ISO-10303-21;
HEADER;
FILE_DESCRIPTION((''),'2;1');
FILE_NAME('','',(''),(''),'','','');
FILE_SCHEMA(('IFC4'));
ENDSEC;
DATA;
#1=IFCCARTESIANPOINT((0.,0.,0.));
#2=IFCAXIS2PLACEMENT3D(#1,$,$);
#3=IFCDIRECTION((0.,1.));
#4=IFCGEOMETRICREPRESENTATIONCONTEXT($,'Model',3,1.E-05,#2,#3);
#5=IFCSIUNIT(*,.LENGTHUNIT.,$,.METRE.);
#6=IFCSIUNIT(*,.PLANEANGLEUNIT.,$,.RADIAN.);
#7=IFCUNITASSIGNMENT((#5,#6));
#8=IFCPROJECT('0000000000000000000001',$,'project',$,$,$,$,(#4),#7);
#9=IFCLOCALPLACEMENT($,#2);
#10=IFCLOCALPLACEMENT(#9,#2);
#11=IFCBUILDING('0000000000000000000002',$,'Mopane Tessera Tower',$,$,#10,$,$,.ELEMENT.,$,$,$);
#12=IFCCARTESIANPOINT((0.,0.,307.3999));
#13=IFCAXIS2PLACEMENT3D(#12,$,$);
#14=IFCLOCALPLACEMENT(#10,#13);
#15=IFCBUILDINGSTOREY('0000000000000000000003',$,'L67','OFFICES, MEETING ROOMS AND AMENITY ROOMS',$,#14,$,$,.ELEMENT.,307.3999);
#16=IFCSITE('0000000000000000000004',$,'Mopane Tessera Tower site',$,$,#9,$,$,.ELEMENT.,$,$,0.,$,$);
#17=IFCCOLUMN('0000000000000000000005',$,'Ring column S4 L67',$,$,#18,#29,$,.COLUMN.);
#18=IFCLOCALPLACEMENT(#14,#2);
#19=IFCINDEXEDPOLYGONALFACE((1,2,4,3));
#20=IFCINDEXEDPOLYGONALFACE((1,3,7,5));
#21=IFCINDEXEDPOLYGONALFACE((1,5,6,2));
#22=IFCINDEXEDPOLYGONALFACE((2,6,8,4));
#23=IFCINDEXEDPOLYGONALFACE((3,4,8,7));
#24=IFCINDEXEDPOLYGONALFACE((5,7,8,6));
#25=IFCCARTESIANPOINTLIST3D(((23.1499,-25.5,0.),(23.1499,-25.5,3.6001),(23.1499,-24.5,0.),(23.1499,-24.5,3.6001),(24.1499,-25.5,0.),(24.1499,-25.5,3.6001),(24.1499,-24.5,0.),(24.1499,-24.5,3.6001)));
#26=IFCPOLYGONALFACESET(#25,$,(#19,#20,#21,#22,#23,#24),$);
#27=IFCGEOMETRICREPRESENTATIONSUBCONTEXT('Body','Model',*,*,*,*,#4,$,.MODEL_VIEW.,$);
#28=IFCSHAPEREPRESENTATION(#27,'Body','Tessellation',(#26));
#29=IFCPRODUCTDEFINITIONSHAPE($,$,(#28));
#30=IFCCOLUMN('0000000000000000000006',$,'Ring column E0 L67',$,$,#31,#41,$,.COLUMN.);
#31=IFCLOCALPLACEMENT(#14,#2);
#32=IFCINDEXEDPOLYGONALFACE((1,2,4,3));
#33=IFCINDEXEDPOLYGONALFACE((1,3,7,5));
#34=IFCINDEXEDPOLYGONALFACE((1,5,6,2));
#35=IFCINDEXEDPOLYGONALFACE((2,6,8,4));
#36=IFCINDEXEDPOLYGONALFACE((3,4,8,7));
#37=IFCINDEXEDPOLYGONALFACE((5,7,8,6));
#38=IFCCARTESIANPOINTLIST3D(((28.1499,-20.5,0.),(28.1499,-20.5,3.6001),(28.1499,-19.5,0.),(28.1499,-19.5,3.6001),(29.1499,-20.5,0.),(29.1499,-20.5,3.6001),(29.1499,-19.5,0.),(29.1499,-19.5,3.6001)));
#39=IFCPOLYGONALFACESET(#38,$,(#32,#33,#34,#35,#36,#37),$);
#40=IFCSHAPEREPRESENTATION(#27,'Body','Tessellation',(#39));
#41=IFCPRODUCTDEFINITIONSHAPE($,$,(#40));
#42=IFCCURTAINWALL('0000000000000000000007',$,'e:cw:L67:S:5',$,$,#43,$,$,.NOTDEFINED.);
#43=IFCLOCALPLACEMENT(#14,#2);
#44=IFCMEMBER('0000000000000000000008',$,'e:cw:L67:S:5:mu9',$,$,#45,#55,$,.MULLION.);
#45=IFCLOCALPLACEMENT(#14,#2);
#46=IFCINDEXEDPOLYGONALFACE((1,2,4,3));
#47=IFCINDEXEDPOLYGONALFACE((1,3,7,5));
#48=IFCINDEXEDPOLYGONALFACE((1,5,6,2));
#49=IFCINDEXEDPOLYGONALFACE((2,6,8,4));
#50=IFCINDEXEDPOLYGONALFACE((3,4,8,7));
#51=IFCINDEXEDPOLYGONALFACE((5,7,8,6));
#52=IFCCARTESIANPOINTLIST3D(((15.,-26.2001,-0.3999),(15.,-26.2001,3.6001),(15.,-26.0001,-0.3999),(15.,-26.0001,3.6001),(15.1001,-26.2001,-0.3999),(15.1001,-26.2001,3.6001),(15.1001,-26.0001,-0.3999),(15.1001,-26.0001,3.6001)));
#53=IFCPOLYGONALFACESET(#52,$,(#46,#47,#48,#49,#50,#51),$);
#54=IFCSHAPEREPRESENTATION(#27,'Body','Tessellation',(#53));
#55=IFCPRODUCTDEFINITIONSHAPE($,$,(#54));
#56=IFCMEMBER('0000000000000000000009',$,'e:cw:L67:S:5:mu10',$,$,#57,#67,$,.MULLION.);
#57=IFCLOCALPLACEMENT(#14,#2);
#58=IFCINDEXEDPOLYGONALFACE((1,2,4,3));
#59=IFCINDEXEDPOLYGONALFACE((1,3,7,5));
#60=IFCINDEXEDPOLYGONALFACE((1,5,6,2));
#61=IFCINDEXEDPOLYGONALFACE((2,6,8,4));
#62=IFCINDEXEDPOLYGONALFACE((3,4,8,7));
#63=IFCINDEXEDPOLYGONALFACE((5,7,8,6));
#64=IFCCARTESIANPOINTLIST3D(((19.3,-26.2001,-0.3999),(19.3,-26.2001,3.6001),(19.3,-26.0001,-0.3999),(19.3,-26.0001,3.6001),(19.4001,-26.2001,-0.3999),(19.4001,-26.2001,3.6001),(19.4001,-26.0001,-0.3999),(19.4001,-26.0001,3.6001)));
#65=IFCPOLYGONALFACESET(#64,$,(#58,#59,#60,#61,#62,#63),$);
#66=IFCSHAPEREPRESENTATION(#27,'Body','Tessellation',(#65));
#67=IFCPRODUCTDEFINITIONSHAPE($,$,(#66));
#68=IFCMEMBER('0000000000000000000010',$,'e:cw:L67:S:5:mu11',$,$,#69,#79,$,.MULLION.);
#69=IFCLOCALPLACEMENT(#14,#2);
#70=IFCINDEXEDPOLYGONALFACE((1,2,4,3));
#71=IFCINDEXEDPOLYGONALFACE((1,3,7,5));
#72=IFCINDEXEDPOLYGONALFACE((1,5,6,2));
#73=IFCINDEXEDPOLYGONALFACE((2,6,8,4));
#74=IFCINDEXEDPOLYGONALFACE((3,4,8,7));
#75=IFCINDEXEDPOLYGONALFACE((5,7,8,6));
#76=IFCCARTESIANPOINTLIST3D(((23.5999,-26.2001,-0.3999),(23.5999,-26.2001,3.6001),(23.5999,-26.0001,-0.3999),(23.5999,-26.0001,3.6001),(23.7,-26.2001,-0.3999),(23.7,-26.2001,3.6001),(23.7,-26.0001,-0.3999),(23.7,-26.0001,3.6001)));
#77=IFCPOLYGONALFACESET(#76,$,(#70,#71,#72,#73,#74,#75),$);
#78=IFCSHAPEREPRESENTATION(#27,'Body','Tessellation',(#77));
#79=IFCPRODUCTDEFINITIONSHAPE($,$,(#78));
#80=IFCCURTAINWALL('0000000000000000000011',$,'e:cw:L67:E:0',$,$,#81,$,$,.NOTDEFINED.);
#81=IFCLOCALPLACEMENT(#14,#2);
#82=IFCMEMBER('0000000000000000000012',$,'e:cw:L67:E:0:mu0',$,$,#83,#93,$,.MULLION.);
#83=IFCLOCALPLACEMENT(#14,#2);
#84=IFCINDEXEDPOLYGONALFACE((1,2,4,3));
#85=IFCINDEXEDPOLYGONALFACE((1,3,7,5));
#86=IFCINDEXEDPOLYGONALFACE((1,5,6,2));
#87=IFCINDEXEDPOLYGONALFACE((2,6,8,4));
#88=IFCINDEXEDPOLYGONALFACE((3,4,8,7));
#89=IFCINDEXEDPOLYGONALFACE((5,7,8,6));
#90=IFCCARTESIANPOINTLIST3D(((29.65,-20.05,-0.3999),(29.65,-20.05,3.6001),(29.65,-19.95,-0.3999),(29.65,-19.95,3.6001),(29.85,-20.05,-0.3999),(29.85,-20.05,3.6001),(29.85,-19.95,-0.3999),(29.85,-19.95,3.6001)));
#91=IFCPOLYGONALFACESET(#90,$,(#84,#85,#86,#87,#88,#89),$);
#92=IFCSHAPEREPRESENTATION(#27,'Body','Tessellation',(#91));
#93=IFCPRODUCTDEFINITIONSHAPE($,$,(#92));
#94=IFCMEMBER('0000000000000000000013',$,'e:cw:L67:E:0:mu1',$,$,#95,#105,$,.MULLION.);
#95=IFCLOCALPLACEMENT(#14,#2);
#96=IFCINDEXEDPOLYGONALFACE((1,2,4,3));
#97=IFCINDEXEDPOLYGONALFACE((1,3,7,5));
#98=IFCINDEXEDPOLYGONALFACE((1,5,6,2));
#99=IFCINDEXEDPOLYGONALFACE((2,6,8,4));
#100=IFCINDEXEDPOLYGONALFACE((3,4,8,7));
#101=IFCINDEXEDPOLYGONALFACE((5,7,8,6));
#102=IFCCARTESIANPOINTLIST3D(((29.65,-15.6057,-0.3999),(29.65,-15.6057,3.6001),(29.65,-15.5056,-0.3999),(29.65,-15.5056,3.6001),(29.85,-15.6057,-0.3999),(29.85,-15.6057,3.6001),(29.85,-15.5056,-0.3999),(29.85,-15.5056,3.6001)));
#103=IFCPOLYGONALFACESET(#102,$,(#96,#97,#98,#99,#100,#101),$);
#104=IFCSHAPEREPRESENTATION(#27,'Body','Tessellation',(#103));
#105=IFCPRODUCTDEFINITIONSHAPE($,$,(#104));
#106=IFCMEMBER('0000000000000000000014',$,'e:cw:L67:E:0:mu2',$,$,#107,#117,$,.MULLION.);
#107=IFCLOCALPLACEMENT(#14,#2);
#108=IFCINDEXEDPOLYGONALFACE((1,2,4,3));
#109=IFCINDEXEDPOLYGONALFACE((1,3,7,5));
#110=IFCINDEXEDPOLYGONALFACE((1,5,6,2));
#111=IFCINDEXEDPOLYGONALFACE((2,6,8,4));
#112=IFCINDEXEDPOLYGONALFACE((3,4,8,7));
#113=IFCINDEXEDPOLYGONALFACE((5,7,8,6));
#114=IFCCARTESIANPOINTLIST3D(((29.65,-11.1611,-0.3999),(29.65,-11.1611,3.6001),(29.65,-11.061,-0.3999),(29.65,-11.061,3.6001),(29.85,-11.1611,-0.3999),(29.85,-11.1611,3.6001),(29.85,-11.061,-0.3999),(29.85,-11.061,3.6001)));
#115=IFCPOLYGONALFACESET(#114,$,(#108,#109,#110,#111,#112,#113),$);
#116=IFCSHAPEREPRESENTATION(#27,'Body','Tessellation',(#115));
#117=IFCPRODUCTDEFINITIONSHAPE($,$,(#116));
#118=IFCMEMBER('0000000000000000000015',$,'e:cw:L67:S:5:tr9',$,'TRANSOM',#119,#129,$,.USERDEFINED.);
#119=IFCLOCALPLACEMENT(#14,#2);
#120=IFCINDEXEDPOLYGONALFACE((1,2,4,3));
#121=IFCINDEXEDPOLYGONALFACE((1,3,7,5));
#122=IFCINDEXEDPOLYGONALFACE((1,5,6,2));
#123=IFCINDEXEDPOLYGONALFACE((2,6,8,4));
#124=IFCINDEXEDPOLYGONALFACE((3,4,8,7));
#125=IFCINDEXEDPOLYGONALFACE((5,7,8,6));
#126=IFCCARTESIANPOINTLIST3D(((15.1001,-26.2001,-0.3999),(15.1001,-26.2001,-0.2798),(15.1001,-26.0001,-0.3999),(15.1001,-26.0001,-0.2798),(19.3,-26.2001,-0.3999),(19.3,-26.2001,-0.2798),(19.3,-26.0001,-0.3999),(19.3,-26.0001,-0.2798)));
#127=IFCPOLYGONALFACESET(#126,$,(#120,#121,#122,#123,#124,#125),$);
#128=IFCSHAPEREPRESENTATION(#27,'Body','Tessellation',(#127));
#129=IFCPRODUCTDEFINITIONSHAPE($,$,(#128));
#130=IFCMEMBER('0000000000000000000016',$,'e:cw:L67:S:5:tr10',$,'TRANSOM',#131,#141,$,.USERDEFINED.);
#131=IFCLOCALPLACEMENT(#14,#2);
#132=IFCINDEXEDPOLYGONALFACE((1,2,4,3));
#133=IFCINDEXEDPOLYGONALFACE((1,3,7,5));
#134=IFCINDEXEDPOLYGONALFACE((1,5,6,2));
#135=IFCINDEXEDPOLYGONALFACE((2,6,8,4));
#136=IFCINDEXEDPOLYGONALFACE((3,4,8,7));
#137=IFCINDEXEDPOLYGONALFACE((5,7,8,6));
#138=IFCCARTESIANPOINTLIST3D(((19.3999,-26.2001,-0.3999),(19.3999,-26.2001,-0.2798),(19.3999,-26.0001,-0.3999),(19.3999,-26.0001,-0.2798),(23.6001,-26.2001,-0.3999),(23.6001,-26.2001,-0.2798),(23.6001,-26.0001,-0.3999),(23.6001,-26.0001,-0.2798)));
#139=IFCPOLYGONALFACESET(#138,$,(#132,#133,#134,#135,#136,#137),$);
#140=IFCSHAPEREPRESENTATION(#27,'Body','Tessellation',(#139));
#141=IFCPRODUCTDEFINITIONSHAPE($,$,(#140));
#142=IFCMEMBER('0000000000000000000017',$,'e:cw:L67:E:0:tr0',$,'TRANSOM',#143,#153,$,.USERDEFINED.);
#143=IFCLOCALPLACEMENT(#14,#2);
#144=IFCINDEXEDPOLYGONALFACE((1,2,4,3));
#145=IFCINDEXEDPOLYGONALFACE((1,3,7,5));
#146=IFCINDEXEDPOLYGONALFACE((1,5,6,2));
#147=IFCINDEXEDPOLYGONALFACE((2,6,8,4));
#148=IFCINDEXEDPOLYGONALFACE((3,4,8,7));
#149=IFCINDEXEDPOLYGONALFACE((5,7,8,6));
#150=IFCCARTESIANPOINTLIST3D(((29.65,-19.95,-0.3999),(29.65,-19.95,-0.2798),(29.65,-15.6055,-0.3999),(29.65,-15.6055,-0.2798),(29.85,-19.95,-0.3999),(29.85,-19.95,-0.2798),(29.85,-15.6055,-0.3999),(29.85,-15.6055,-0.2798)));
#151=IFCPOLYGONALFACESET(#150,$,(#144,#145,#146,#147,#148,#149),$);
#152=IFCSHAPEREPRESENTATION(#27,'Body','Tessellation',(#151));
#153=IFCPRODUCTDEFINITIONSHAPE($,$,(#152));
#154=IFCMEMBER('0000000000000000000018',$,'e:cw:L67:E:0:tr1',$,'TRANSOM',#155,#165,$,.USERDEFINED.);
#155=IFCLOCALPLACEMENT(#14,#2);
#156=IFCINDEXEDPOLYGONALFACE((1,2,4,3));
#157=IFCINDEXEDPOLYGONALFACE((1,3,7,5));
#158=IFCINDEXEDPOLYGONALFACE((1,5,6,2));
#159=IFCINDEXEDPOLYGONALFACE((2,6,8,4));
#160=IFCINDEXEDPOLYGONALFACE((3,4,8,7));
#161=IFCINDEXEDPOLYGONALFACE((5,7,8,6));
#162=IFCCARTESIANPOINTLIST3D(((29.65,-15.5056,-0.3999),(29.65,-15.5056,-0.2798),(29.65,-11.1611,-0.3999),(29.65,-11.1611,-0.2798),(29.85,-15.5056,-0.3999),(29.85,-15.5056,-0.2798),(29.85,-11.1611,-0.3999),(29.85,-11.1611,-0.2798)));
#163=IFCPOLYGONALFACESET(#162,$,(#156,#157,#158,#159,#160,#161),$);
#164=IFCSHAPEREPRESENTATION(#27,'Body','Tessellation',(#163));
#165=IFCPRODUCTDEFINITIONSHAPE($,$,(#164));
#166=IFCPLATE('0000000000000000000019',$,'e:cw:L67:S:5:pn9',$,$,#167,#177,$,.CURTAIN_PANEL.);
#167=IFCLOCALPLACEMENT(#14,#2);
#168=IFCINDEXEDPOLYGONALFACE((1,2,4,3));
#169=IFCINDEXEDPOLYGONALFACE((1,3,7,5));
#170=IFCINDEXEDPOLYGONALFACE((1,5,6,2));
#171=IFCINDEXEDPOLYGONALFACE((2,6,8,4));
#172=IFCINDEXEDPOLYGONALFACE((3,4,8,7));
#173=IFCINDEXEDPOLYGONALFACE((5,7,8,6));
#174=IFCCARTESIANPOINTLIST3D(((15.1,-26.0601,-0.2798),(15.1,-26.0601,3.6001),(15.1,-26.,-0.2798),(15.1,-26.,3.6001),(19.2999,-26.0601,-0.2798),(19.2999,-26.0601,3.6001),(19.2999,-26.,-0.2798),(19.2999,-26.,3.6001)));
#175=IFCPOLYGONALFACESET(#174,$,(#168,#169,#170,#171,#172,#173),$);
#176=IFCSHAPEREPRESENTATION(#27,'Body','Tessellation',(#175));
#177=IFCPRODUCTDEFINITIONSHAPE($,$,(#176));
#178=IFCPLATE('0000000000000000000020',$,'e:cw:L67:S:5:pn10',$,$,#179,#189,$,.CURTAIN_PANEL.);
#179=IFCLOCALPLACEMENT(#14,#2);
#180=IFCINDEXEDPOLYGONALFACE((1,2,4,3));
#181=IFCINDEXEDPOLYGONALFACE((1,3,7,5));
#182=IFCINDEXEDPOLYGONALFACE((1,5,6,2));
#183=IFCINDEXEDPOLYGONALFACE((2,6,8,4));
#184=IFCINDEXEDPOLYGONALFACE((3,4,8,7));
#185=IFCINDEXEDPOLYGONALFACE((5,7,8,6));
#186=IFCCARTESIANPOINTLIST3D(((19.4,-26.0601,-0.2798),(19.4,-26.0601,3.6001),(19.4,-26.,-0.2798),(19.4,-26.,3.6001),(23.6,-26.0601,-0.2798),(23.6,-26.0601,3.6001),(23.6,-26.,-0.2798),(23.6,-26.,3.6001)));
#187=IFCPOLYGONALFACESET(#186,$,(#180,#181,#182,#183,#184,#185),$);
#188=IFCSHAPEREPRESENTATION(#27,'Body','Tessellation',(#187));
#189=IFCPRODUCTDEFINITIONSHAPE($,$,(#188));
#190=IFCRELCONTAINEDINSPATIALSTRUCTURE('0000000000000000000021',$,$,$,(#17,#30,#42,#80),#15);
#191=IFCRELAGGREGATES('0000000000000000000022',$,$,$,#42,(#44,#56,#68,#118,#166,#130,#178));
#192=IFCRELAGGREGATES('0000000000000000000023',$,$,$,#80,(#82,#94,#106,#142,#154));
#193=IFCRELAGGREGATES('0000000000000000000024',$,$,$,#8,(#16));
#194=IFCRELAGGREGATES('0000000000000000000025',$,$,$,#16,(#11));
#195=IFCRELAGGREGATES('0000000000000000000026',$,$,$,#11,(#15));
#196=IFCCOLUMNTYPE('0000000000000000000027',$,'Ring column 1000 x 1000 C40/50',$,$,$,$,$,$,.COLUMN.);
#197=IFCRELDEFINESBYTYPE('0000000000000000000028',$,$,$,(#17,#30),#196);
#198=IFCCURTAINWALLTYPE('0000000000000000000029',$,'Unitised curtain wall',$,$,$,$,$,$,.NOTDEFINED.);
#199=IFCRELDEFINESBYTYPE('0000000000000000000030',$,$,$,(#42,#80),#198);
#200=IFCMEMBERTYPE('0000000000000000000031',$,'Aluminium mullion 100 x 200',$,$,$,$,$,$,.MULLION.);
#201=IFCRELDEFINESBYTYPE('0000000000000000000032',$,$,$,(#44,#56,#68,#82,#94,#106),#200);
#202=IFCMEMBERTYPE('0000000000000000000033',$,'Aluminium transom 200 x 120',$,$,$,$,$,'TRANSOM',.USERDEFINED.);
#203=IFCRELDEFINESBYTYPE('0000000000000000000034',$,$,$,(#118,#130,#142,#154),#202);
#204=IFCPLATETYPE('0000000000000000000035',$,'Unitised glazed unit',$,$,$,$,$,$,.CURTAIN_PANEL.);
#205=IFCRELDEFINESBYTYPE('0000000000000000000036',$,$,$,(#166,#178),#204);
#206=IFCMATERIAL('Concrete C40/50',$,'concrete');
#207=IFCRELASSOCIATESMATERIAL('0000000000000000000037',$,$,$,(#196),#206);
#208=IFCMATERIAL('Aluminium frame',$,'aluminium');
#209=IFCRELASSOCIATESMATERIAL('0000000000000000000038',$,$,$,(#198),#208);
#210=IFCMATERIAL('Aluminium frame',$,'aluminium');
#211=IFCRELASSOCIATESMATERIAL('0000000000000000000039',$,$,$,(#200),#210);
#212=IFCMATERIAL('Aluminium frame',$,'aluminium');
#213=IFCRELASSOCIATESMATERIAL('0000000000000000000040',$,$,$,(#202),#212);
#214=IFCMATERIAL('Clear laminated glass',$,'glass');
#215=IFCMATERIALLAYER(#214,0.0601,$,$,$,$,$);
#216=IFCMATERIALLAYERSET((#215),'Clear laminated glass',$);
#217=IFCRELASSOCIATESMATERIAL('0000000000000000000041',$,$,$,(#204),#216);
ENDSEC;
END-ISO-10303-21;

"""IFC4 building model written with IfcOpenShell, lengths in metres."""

from ifc_helpers import new_model, si_unit, direction, frame, origin, origin_2d, place, context, subcontext, project, spatial, rectangle, extrude, material, layer, layer_set, material_profile, profile_set, type_object, element, aggregate, save


model = new_model("IFC4")

# Units and contexts
model_context = context("Model", 3, precision=1e-05, world=origin(), true_north=direction((0.0, 1.0)))
body_context = subcontext(model_context, "Body", "Model", "MODEL_VIEW")
ifc_project = project(units=[si_unit("LENGTHUNIT", "METRE"), si_unit("PLANEANGLEUNIT", "RADIAN")], contexts=[model_context])

# Site, building, storey
site_placement = place(None, origin())
site = spatial("IfcSite", under=ifc_project, at=site_placement, Name="Mopane Tessera Tower site", CompositionType="ELEMENT", RefElevation=0.0)
building_placement = place(site_placement, origin())
building = spatial("IfcBuilding", under=site, at=building_placement, Name="Mopane Tessera Tower", CompositionType="ELEMENT")
storey_placement = place(building_placement, frame((0.0, 0.0, 307.3999)))
storey = spatial("IfcBuildingStorey", under=building, at=storey_placement, Name="L67", Description="OFFICES, MEETING ROOMS AND AMENITY ROOMS", CompositionType="ELEMENT", Elevation=307.3999)

# Columns
ifc_material_1 = material(Name="Concrete C40/50", Category="concrete")
ifc_material_profile_1 = material_profile(ifc_material_1, rectangle(XDim=1.0, YDim=1.0, at=origin_2d()))
ifc_profile_set_1 = profile_set([ifc_material_profile_1], Name="Concrete C40/50")
column_type = type_object("IfcColumnType", Name="Ring column 1000 x 1000 C40/50", PredefinedType="COLUMN", material=ifc_profile_set_1)
for number, where, z_axis, x_axis, name in (
    (1, (23.6499, -25.0, 0.0), (0.0, 0.0, 1.0), (1.0, 0.0, 0.0), "Ring column S4 L67"),
    (2, (28.6499, -20.0, 0.0), (0.0, 0.0, 1.0), (1.0, 0.0, 0.0), "Ring column E0 L67"),
):
    element("IfcColumn", number, at=place(storey_placement, frame(where, z_axis=z_axis, x_axis=x_axis)), inside=storey, type_object=column_type, Name=name, PredefinedType="COLUMN", context=body_context, shape_type="SweptSolid", body=[
        extrude(rectangle(XDim=1.0, YDim=1.0, at=origin_2d()), origin(), (0.0, 0.0, 1.0), 3.6001),
    ])

# Curtain walls, members
ifc_material_2 = material(Name="Aluminium frame", Category="aluminium")
curtain_wall_type = type_object("IfcCurtainWallType", Name="Unitised curtain wall", PredefinedType="NOTDEFINED", material=ifc_material_2)
curtain_wall_1_placement = place(storey_placement, origin())
curtain_wall_1 = element("IfcCurtainWall", 3, at=curtain_wall_1_placement, inside=storey, type_object=curtain_wall_type, Name="e:cw:L67:S:5", PredefinedType="NOTDEFINED")
ifc_material_3 = material(Name="Aluminium frame", Category="aluminium")
ifc_material_profile_2 = material_profile(ifc_material_3, rectangle(XDim=0.1001, YDim=0.2, at=origin_2d()))
ifc_profile_set_2 = profile_set([ifc_material_profile_2], Name="Aluminium frame")
member_type_1 = type_object("IfcMemberType", Name="Aluminium mullion 100 x 200", PredefinedType="MULLION", material=ifc_profile_set_2)
member_1_placement = place(storey_placement, frame((15.05, -26.1001, -0.3999), z_axis=(0.0, 0.0, 1.0), x_axis=(1.0, 0.0, 0.0)))
member_1 = element("IfcMember", 4, at=member_1_placement, type_object=member_type_1, Name="e:cw:L67:S:5:mu9", PredefinedType="MULLION", context=body_context, shape_type="SweptSolid", body=[
    extrude(rectangle(XDim=0.1001, YDim=0.2, at=origin_2d()), origin(), (0.0, 0.0, 1.0), 4.0),
])
member_2_placement = place(storey_placement, frame((19.3501, -26.1001, -0.3999), z_axis=(0.0, 0.0, 1.0), x_axis=(1.0, 0.0, 0.0)))
member_2 = element("IfcMember", 5, at=member_2_placement, type_object=member_type_1, Name="e:cw:L67:S:5:mu10", PredefinedType="MULLION", context=body_context, shape_type="SweptSolid", body=[
    extrude(rectangle(XDim=0.1001, YDim=0.2, at=origin_2d()), origin(), (0.0, 0.0, 1.0), 4.0),
])
member_3_placement = place(storey_placement, frame((23.6499, -26.1001, -0.3999), z_axis=(0.0, 0.0, 1.0), x_axis=(1.0, 0.0, 0.0)))
member_3 = element("IfcMember", 6, at=member_3_placement, type_object=member_type_1, Name="e:cw:L67:S:5:mu11", PredefinedType="MULLION", context=body_context, shape_type="SweptSolid", body=[
    extrude(rectangle(XDim=0.1001, YDim=0.2, at=origin_2d()), origin(), (0.0, 0.0, 1.0), 4.0),
])
curtain_wall_2_placement = place(storey_placement, origin())
curtain_wall_2 = element("IfcCurtainWall", 7, at=curtain_wall_2_placement, inside=storey, type_object=curtain_wall_type, Name="e:cw:L67:E:0", PredefinedType="NOTDEFINED")
member_4_placement = place(storey_placement, frame((29.75, -20.0, -0.3999), z_axis=(0.0, 0.0, 1.0), x_axis=(0.0, 1.0, 0.0)))
member_4 = element("IfcMember", 8, at=member_4_placement, type_object=member_type_1, Name="e:cw:L67:E:0:mu0", PredefinedType="MULLION", context=body_context, shape_type="SweptSolid", body=[
    extrude(rectangle(XDim=0.1001, YDim=0.2, at=origin_2d()), origin(), (0.0, 0.0, 1.0), 4.0),
])
member_5_placement = place(storey_placement, frame((29.75, -15.5557, -0.3999), z_axis=(0.0, 0.0, 1.0), x_axis=(0.0, 1.0, 0.0)))
member_5 = element("IfcMember", 9, at=member_5_placement, type_object=member_type_1, Name="e:cw:L67:E:0:mu1", PredefinedType="MULLION", context=body_context, shape_type="SweptSolid", body=[
    extrude(rectangle(XDim=0.1001, YDim=0.2, at=origin_2d()), origin(), (0.0, 0.0, 1.0), 4.0),
])
member_6_placement = place(storey_placement, frame((29.75, -11.1111, -0.3999), z_axis=(0.0, 0.0, 1.0), x_axis=(0.0, 1.0, 0.0)))
member_6 = element("IfcMember", 10, at=member_6_placement, type_object=member_type_1, Name="e:cw:L67:E:0:mu2", PredefinedType="MULLION", context=body_context, shape_type="SweptSolid", body=[
    extrude(rectangle(XDim=0.1001, YDim=0.2, at=origin_2d()), origin(), (0.0, 0.0, 1.0), 4.0),
])

# Members
ifc_material_4 = material(Name="Aluminium frame", Category="aluminium")
ifc_material_profile_3 = material_profile(ifc_material_4, rectangle(XDim=0.2, YDim=0.1201, at=origin_2d()))
ifc_profile_set_3 = profile_set([ifc_material_profile_3], Name="Aluminium frame")
member_type_2 = type_object("IfcMemberType", Name="Aluminium transom 200 x 120", ElementType="TRANSOM", PredefinedType="USERDEFINED", material=ifc_profile_set_3)
member_7_placement = place(storey_placement, frame((15.1001, -26.1001, -0.3398), z_axis=(1.0, 0.0, 0.0), x_axis=(0.0, 1.0, 0.0)))
member_7 = element("IfcMember", 11, at=member_7_placement, type_object=member_type_2, Name="e:cw:L67:S:5:tr9", ObjectType="TRANSOM", PredefinedType="USERDEFINED", context=body_context, shape_type="SweptSolid", body=[
    extrude(rectangle(XDim=0.2, YDim=0.1201, at=origin_2d()), origin(), (0.0, 0.0, 1.0), 4.2),
])
member_8_placement = place(storey_placement, frame((19.3999, -26.1001, -0.3398), z_axis=(1.0, 0.0, 0.0), x_axis=(0.0, 1.0, 0.0)))
member_8 = element("IfcMember", 12, at=member_8_placement, type_object=member_type_2, Name="e:cw:L67:S:5:tr10", ObjectType="TRANSOM", PredefinedType="USERDEFINED", context=body_context, shape_type="SweptSolid", body=[
    extrude(rectangle(XDim=0.2, YDim=0.1201, at=origin_2d()), origin(), (0.0, 0.0, 1.0), 4.2002),
])
member_9_placement = place(storey_placement, frame((29.75, -19.95, -0.3398), z_axis=(0.0, 1.0, 0.0), x_axis=(-1.0, 0.0, 0.0)))
member_9 = element("IfcMember", 13, at=member_9_placement, type_object=member_type_2, Name="e:cw:L67:E:0:tr0", ObjectType="TRANSOM", PredefinedType="USERDEFINED", context=body_context, shape_type="SweptSolid", body=[
    extrude(rectangle(XDim=0.2, YDim=0.1201, at=origin_2d()), origin(), (0.0, 0.0, 1.0), 4.3445),
])
member_10_placement = place(storey_placement, frame((29.75, -15.5056, -0.3398), z_axis=(0.0, 1.0, 0.0), x_axis=(-1.0, 0.0, 0.0)))
member_10 = element("IfcMember", 14, at=member_10_placement, type_object=member_type_2, Name="e:cw:L67:E:0:tr1", ObjectType="TRANSOM", PredefinedType="USERDEFINED", context=body_context, shape_type="SweptSolid", body=[
    extrude(rectangle(XDim=0.2, YDim=0.1201, at=origin_2d()), origin(), (0.0, 0.0, 1.0), 4.3445),
])

# Plates
ifc_material_5 = material(Name="Clear laminated glass", Category="glass")
ifc_layer = layer(ifc_material_5, 0.0601)
ifc_layer_set = layer_set([ifc_layer], Name="Clear laminated glass")
plate_type = type_object("IfcPlateType", Name="Unitised glazed unit", PredefinedType="CURTAIN_PANEL", material=ifc_layer_set)
plate_1_placement = place(storey_placement, frame((17.2, -26.03, -0.2798), z_axis=(0.0, 0.0, 1.0), x_axis=(1.0, 0.0, 0.0)))
plate_1 = element("IfcPlate", 15, at=plate_1_placement, type_object=plate_type, Name="e:cw:L67:S:5:pn9", PredefinedType="CURTAIN_PANEL", context=body_context, shape_type="SweptSolid", body=[
    extrude(rectangle(XDim=4.2, YDim=0.0601, at=origin_2d()), origin(), (0.0, 0.0, 1.0), 3.8799),
])
plate_2_placement = place(storey_placement, frame((21.5, -26.03, -0.2798), z_axis=(0.0, 0.0, 1.0), x_axis=(1.0, 0.0, 0.0)))
plate_2 = element("IfcPlate", 16, at=plate_2_placement, type_object=plate_type, Name="e:cw:L67:S:5:pn10", PredefinedType="CURTAIN_PANEL", context=body_context, shape_type="SweptSolid", body=[
    extrude(rectangle(XDim=4.2, YDim=0.0601, at=origin_2d()), origin(), (0.0, 0.0, 1.0), 3.8799),
])
aggregate(curtain_wall_1, [member_1, member_2, member_3, member_7, plate_1, member_8, plate_2])
aggregate(curtain_wall_2, [member_4, member_5, member_6, member_9, member_10])

save(model, "model.ifc")
